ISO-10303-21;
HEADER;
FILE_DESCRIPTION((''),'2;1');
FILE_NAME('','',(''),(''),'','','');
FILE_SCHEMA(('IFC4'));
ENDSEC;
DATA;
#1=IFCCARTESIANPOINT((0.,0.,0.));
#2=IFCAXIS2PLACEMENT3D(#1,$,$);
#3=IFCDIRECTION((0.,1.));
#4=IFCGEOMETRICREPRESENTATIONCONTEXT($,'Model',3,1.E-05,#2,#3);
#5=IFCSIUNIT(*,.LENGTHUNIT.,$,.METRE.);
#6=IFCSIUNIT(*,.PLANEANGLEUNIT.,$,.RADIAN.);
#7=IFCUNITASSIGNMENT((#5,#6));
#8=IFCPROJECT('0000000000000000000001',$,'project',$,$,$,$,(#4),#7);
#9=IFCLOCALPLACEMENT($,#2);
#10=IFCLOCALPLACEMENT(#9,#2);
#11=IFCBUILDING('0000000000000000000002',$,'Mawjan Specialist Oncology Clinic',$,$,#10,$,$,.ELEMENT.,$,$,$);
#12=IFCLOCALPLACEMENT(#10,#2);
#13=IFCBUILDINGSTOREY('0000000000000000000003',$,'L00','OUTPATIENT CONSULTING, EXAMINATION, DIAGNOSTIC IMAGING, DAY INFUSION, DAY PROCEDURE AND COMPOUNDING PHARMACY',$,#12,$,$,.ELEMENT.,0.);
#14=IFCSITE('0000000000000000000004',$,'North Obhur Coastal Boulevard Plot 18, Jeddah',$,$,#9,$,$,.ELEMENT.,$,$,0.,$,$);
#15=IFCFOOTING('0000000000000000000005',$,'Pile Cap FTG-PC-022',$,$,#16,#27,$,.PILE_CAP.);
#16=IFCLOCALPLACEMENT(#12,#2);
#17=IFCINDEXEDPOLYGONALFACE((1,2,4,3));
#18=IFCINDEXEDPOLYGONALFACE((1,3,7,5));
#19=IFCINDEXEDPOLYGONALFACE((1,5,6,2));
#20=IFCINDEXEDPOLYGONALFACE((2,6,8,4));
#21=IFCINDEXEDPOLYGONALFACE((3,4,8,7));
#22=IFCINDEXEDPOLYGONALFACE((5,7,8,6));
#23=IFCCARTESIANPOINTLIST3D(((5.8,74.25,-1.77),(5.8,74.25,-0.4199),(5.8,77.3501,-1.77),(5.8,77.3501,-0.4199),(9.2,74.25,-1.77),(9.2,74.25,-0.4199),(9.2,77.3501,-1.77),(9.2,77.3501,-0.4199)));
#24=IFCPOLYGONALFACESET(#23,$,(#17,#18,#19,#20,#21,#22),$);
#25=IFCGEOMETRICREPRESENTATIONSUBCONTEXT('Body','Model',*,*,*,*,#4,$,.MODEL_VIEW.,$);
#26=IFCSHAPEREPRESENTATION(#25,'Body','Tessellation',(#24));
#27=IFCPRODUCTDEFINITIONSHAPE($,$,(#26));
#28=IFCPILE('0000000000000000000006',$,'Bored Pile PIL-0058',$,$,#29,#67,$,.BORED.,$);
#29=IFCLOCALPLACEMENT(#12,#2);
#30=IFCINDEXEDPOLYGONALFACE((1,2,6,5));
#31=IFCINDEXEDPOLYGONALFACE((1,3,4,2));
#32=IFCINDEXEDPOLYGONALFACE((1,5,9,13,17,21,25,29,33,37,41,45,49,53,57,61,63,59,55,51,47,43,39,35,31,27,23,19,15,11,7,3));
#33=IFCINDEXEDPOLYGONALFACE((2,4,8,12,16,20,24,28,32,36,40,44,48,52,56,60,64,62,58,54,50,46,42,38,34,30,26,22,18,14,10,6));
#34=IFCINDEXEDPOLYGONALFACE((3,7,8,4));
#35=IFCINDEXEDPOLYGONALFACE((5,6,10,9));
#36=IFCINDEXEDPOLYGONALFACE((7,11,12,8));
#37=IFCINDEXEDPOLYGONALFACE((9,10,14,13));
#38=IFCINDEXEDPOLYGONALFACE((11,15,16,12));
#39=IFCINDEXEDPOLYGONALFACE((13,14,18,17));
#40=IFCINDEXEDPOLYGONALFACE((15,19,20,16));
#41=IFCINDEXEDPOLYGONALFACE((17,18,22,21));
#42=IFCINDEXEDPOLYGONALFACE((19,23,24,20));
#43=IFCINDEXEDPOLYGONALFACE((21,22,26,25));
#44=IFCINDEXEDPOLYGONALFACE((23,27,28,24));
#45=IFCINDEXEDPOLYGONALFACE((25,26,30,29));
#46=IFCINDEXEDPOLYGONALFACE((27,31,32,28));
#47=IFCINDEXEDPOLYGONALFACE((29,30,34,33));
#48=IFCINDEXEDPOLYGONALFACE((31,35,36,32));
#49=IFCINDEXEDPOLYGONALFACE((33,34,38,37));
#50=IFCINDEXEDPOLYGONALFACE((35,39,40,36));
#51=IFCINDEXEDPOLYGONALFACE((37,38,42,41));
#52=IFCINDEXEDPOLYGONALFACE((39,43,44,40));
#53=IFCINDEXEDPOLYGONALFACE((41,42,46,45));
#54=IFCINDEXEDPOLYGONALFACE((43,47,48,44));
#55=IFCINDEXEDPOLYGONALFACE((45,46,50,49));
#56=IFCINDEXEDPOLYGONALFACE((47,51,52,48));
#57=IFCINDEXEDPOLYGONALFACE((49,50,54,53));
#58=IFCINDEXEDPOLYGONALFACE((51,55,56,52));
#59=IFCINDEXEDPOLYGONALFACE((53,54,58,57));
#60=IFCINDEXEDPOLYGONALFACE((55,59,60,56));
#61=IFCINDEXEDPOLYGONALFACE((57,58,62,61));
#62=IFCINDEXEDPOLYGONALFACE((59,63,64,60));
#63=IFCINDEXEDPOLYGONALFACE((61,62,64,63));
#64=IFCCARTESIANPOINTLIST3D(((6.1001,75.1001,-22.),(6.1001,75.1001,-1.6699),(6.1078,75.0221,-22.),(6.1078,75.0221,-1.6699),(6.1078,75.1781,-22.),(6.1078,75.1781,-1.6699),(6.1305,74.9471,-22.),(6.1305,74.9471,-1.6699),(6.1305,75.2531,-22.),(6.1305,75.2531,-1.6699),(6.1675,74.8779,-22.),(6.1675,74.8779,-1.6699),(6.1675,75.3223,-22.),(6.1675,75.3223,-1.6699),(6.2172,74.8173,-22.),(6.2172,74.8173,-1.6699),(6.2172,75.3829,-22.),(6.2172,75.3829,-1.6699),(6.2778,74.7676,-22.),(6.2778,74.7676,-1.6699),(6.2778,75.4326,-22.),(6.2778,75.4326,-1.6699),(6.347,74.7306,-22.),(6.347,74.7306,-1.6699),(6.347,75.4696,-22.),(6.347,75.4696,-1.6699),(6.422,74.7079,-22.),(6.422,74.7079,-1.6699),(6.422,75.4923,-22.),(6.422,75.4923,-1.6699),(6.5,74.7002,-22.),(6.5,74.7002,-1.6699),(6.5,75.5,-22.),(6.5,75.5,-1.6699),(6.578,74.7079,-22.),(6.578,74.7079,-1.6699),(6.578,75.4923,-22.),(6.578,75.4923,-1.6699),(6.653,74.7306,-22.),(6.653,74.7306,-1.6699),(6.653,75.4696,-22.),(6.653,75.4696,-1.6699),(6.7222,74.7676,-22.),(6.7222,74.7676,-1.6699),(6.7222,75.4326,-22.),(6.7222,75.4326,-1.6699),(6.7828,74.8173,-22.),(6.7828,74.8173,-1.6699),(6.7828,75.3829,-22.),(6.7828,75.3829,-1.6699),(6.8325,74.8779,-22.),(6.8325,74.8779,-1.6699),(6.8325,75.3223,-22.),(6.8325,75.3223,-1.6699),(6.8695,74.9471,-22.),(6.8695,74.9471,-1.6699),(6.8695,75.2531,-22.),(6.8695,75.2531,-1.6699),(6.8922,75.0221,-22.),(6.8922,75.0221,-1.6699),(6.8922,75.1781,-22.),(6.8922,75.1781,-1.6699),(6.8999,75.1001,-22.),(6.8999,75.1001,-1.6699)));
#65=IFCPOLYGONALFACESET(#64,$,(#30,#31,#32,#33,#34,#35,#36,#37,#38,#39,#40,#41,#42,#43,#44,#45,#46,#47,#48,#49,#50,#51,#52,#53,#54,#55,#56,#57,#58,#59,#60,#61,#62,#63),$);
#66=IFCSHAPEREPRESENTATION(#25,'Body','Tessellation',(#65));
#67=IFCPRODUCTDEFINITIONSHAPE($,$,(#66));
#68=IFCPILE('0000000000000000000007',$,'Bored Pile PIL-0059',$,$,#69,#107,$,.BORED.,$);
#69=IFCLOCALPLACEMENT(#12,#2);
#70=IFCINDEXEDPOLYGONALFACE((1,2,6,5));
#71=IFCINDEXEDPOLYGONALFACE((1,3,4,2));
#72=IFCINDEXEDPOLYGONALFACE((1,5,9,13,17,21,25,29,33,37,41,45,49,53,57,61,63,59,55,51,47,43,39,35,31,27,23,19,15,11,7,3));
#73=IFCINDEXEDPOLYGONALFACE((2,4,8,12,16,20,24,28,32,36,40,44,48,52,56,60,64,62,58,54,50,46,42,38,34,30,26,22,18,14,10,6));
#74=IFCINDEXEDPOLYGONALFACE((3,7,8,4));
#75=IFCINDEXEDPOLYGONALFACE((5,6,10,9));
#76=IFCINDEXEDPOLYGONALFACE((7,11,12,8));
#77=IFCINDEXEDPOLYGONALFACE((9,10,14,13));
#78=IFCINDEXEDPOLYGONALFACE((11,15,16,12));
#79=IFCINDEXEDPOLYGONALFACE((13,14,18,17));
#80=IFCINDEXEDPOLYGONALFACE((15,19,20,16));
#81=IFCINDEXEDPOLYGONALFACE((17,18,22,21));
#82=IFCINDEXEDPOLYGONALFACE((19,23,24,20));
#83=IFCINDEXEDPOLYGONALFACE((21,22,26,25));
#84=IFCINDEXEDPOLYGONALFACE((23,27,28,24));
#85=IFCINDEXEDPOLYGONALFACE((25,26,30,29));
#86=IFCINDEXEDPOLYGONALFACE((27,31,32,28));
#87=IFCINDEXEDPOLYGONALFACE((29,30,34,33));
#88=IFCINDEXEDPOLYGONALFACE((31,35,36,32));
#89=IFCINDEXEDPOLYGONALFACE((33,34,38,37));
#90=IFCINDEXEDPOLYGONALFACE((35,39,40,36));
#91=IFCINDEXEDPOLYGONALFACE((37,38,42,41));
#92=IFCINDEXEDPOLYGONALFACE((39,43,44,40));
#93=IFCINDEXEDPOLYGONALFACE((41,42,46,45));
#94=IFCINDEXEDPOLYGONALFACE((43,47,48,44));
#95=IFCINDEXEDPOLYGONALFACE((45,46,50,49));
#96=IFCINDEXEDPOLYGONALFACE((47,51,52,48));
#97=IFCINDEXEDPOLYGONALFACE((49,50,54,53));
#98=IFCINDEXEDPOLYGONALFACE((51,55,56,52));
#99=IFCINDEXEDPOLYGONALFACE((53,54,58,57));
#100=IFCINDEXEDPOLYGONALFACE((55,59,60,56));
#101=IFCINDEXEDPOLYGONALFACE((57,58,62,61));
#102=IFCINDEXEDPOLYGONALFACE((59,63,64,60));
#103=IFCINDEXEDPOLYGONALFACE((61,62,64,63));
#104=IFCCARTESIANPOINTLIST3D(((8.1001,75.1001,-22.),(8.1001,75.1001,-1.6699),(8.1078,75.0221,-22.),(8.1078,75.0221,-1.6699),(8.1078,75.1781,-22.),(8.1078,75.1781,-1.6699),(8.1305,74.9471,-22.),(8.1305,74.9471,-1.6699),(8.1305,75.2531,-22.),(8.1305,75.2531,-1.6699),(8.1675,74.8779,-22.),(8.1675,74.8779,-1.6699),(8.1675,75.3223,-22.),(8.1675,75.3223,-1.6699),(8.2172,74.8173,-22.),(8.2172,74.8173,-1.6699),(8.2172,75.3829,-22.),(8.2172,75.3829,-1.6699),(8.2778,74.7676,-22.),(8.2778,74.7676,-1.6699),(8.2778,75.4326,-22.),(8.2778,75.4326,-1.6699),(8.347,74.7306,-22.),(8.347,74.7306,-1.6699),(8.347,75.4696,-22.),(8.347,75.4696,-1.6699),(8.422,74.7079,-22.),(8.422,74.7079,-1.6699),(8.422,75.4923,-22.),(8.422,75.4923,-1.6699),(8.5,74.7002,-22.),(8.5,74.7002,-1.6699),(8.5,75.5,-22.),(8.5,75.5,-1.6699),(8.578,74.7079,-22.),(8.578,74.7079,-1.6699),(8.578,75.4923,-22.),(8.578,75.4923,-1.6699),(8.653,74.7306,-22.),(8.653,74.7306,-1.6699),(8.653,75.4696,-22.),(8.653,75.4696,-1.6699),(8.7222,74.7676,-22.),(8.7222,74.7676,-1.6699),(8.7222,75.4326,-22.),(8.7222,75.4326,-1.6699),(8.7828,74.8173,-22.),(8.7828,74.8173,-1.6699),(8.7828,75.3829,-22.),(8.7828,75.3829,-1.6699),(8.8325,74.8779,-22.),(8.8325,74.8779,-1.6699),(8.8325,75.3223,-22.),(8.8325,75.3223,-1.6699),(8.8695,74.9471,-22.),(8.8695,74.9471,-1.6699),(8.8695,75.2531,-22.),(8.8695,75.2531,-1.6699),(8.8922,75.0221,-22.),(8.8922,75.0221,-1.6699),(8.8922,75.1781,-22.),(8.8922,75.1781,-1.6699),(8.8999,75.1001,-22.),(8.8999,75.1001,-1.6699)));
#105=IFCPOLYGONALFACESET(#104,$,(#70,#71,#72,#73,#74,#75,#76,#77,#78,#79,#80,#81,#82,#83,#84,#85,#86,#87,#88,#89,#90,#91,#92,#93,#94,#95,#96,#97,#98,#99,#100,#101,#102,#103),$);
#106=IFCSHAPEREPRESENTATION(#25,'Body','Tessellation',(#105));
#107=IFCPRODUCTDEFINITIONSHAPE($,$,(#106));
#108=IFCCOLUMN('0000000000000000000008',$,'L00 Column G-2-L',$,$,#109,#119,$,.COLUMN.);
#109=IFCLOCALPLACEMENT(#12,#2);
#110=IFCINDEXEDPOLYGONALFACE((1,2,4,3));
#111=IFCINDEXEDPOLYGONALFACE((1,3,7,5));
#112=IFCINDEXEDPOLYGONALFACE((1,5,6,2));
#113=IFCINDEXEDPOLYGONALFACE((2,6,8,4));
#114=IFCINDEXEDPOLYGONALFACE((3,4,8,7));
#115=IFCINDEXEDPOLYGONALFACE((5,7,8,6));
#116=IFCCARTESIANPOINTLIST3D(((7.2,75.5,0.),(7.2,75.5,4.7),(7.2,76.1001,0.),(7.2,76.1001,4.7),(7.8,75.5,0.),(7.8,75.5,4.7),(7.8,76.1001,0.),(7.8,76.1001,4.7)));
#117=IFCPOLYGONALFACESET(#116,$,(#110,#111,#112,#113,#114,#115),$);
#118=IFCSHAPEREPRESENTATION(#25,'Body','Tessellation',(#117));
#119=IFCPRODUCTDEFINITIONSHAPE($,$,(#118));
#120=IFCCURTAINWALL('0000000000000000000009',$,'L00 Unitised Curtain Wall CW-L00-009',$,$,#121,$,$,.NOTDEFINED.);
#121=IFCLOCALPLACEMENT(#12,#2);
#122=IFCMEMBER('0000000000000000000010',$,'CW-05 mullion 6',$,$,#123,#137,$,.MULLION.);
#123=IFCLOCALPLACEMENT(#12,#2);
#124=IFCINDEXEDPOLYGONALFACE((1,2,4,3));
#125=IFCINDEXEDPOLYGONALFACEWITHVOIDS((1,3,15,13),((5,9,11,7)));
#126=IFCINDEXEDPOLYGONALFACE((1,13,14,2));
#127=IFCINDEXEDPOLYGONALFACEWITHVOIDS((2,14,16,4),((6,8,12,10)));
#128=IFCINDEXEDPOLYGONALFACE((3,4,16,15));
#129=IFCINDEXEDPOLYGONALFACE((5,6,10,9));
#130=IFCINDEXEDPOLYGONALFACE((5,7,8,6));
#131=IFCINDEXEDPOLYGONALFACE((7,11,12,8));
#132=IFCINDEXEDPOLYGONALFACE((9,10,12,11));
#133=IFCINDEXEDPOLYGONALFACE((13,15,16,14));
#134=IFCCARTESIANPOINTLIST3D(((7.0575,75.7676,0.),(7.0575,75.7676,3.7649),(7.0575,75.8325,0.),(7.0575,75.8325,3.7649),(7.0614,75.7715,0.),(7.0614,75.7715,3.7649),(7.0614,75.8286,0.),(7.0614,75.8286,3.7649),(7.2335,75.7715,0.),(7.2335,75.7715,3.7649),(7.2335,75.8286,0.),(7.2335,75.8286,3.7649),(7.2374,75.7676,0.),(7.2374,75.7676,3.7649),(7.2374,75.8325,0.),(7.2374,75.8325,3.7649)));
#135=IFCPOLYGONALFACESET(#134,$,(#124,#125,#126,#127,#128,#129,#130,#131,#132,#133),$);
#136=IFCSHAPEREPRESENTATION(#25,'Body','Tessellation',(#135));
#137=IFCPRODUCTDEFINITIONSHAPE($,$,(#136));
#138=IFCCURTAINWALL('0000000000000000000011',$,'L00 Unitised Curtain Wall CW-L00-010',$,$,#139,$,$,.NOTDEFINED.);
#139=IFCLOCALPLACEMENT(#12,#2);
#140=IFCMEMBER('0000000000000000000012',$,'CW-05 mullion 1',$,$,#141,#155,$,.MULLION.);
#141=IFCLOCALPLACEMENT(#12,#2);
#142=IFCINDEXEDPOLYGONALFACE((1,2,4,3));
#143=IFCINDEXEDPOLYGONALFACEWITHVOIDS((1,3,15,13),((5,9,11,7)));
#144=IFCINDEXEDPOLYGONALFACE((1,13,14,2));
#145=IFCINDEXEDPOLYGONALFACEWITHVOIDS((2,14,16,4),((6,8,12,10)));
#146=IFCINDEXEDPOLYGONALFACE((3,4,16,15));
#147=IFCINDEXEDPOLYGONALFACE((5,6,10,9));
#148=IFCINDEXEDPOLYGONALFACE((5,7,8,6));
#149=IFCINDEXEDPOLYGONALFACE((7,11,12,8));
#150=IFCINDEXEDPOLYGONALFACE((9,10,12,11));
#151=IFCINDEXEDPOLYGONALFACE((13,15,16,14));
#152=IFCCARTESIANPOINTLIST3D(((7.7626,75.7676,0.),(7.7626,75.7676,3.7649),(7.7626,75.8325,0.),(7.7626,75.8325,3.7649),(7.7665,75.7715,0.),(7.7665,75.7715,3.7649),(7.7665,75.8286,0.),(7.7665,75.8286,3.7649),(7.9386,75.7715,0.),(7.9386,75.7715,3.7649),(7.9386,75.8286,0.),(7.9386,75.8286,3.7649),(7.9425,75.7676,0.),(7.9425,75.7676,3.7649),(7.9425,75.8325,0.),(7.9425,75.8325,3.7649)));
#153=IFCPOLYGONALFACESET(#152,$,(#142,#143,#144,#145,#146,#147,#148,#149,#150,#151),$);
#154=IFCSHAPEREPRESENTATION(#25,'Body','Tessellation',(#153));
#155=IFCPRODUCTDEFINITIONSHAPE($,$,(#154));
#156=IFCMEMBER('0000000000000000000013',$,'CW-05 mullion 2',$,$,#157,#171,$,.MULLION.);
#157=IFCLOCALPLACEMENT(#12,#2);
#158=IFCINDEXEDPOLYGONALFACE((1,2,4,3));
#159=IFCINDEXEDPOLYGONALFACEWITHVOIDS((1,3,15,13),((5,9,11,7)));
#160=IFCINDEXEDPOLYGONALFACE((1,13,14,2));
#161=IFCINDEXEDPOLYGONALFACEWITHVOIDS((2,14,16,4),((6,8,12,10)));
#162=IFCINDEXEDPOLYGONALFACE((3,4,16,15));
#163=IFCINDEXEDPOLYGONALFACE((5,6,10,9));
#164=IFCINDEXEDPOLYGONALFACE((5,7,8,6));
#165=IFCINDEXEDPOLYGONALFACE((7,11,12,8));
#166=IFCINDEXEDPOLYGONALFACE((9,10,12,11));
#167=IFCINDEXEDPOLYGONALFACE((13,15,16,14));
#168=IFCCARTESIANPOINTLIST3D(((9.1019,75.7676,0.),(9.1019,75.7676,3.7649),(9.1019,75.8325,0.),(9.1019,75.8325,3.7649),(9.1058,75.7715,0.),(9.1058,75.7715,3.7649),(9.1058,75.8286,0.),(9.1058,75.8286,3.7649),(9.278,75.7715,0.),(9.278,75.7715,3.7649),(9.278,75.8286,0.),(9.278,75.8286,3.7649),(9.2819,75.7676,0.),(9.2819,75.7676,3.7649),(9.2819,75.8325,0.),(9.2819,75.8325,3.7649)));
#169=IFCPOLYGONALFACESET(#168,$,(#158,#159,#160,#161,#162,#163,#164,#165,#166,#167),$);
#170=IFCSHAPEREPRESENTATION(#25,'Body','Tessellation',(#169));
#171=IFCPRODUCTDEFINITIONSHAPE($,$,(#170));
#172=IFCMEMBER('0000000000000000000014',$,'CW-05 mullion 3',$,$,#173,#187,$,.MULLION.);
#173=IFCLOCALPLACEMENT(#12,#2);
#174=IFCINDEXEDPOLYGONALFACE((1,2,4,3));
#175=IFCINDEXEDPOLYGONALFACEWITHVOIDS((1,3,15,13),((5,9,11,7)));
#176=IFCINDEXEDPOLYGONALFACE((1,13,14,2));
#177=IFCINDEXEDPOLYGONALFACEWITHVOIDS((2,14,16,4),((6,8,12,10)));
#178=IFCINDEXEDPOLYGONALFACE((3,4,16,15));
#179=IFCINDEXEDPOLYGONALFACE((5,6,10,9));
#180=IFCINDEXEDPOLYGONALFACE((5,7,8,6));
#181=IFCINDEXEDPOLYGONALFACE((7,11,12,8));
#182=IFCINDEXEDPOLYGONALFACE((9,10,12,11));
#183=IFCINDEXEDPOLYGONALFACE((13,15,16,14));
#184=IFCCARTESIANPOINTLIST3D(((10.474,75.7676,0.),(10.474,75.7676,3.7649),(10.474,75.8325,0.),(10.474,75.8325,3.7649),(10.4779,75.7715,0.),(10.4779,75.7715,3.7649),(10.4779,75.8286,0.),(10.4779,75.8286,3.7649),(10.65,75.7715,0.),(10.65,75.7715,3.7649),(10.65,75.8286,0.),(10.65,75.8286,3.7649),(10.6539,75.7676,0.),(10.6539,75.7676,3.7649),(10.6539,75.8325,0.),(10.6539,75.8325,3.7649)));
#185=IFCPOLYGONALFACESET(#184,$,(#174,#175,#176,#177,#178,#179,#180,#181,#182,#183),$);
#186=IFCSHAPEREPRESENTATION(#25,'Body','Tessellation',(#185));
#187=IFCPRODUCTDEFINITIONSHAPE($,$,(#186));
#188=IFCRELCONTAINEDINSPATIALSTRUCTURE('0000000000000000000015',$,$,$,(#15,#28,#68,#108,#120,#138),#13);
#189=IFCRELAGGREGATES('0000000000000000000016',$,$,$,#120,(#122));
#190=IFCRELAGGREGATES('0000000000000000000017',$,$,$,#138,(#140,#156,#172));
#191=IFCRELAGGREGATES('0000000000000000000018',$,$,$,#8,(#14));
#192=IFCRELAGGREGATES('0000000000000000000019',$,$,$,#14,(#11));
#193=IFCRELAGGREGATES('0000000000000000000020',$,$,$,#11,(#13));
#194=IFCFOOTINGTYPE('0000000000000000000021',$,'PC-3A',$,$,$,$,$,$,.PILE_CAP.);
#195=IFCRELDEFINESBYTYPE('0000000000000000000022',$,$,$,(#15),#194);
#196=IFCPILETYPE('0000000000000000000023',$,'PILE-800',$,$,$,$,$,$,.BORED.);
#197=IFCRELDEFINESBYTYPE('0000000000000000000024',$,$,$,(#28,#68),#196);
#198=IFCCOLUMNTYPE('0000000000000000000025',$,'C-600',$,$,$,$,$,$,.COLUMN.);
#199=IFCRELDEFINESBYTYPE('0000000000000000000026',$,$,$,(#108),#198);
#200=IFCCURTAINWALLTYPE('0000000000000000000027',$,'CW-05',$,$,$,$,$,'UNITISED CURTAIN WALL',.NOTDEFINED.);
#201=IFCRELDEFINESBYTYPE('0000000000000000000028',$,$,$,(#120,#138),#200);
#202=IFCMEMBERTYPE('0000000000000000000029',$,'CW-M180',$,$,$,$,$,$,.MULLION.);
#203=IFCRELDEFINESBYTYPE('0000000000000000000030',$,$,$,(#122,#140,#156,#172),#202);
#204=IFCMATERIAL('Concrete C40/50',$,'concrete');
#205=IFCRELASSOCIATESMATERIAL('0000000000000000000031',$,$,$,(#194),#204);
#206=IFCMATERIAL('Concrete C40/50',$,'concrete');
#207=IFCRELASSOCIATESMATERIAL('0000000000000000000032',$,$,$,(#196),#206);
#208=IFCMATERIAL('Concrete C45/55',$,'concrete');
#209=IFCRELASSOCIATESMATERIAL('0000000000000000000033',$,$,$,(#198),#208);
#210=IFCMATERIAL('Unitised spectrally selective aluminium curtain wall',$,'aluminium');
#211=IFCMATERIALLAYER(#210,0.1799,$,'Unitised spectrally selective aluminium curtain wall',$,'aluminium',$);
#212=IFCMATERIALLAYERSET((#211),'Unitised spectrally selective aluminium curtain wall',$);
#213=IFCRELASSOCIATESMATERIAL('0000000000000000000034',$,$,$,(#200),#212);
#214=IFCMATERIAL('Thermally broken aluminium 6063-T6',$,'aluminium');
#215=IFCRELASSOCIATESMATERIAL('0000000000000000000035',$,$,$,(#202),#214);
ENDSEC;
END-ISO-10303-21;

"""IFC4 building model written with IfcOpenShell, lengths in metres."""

from ifc_helpers import new_model, si_unit, direction, frame, origin, origin_2d, place, context, subcontext, project, spatial, rectangle, hollow_rectangle, circle, extrude, material, layer, layer_set, material_profile, profile_set, type_object, element, aggregate, save


model = new_model("IFC4")

# Units and contexts
model_context = context("Model", 3, precision=1e-05, world=origin(), true_north=direction((0.0, 1.0)))
body_context = subcontext(model_context, "Body", "Model", "MODEL_VIEW")
ifc_project = project(units=[si_unit("LENGTHUNIT", "METRE"), si_unit("PLANEANGLEUNIT", "RADIAN")], contexts=[model_context])

# Site, building, storey
site_placement = place(None, origin())
site = spatial("IfcSite", under=ifc_project, at=site_placement, Name="North Obhur Coastal Boulevard Plot 18, Jeddah", CompositionType="ELEMENT", RefElevation=0.0)
building_placement = place(site_placement, origin())
building = spatial("IfcBuilding", under=site, at=building_placement, Name="Mawjan Specialist Oncology Clinic", CompositionType="ELEMENT")
storey_placement = place(building_placement, origin())
storey = spatial("IfcBuildingStorey", under=building, at=storey_placement, Name="L00", Description="OUTPATIENT CONSULTING, EXAMINATION, DIAGNOSTIC IMAGING, DAY INFUSION, DAY PROCEDURE AND COMPOUNDING PHARMACY", CompositionType="ELEMENT", Elevation=0.0)

# Footing
ifc_material_1 = material(Name="Concrete C40/50", Category="concrete")
footing_type = type_object("IfcFootingType", Name="PC-3A", PredefinedType="PILE_CAP", material=ifc_material_1)
footing_placement = place(storey_placement, frame((7.5, 75.8, -1.77), z_axis=(0.0, 0.0, 1.0), x_axis=(1.0, 0.0, 0.0)))
element("IfcFooting", 1, at=footing_placement, inside=storey, type_object=footing_type, Name="Pile Cap FTG-PC-022", PredefinedType="PILE_CAP", context=body_context, shape_type="SweptSolid", body=[
    extrude(rectangle(XDim=3.3999, YDim=3.1001, at=origin_2d()), origin(), (0.0, 0.0, 1.0), 1.3501),
])

# Piles
ifc_material_2 = material(Name="Concrete C40/50", Category="concrete")
ifc_material_profile_1 = material_profile(ifc_material_2, circle(Radius=0.3999, at=origin_2d()), Name="BORED PILE D800", Category="concrete")
ifc_profile_set_1 = profile_set([ifc_material_profile_1], Name="Concrete C40/50")
pile_type = type_object("IfcPileType", Name="PILE-800", PredefinedType="BORED", material=ifc_profile_set_1)
for number, where, z_axis, x_axis, name in (
    (2, (6.5, 75.1001, -1.6699), (0.0, 0.0, -1.0), (1.0, 0.0, 0.0), "Bored Pile PIL-0058"),
    (3, (8.5, 75.1001, -1.6699), (0.0, 0.0, -1.0), (1.0, 0.0, 0.0), "Bored Pile PIL-0059"),
):
    element("IfcPile", number, at=place(storey_placement, frame(where, z_axis=z_axis, x_axis=x_axis)), inside=storey, type_object=pile_type, Name=name, PredefinedType="BORED", context=body_context, shape_type="SweptSolid", body=[
        extrude(circle(Radius=0.3999, at=origin_2d()), origin(), (0.0, 0.0, 1.0), 20.3301),
    ])

# Column
ifc_material_3 = material(Name="Concrete C45/55", Category="concrete")
ifc_material_profile_2 = material_profile(ifc_material_3, rectangle(XDim=0.6001, YDim=0.6001, at=origin_2d()), Name="RC COL 600x600", Category="concrete")
ifc_profile_set_2 = profile_set([ifc_material_profile_2], Name="Concrete C45/55")
column_type = type_object("IfcColumnType", Name="C-600", PredefinedType="COLUMN", material=ifc_profile_set_2)
column_placement = place(storey_placement, frame((7.5, 75.8, 0.0), z_axis=(0.0, 0.0, 1.0), x_axis=(1.0, 0.0, 0.0)))
element("IfcColumn", 4, at=column_placement, inside=storey, type_object=column_type, Name="L00 Column G-2-L", PredefinedType="COLUMN", context=body_context, shape_type="SweptSolid", body=[
    extrude(rectangle(XDim=0.6001, YDim=0.6001, at=origin_2d()), origin(), (0.0, 0.0, 1.0), 4.7),
])

# Curtain wall, member
ifc_material_4 = material(Name="Unitised spectrally selective aluminium curtain wall", Category="aluminium")
ifc_layer_1 = layer(ifc_material_4, 0.1799, Name="Unitised spectrally selective aluminium curtain wall", Category="aluminium")
ifc_layer_set_1 = layer_set([ifc_layer_1], Name="Unitised spectrally selective aluminium curtain wall")
curtain_wall_type = type_object("IfcCurtainWallType", Name="CW-05", ElementType="UNITISED CURTAIN WALL", PredefinedType="NOTDEFINED", material=ifc_layer_set_1)
curtain_wall_1_placement = place(storey_placement, origin())
curtain_wall_1 = element("IfcCurtainWall", 5, at=curtain_wall_1_placement, inside=storey, type_object=curtain_wall_type, Name="L00 Unitised Curtain Wall CW-L00-009", PredefinedType="NOTDEFINED")
ifc_material_5 = material(Name="Thermally broken aluminium 6063-T6", Category="aluminium")
ifc_material_profile_3 = material_profile(ifc_material_5, hollow_rectangle(XDim=0.0649, YDim=0.1799, WallThickness=0.0039, at=origin_2d()), Name="ALU MULLION 180x65x4", Category="aluminium")
ifc_profile_set_3 = profile_set([ifc_material_profile_3], Name="Thermally broken aluminium 6063-T6")
member_type_1 = type_object("IfcMemberType", Name="CW-M180", PredefinedType="MULLION", material=ifc_profile_set_3)
member_1_placement = place(storey_placement, frame((7.1475, 75.8, 0.0), z_axis=(0.0, 0.0, 1.0), x_axis=(0.0, 1.0, 0.0)))
member_1 = element("IfcMember", 6, at=member_1_placement, type_object=member_type_1, Name="CW-05 mullion 6", PredefinedType="MULLION", context=body_context, shape_type="SweptSolid", body=[
    extrude(hollow_rectangle(XDim=0.0649, YDim=0.1799, WallThickness=0.0039, at=origin_2d()), origin(), (0.0, 0.0, 1.0), 3.7649),
])
aggregate(curtain_wall_1, [member_1])

# Curtain wall, members
curtain_wall_2_placement = place(storey_placement, origin())
curtain_wall_2 = element("IfcCurtainWall", 7, at=curtain_wall_2_placement, inside=storey, type_object=curtain_wall_type, Name="L00 Unitised Curtain Wall CW-L00-010", PredefinedType="NOTDEFINED")
member_2_placement = place(storey_placement, frame((7.8525, 75.8, 0.0), z_axis=(0.0, 0.0, 1.0), x_axis=(0.0, 1.0, 0.0)))
member_2 = element("IfcMember", 8, at=member_2_placement, type_object=member_type_1, Name="CW-05 mullion 1", PredefinedType="MULLION", context=body_context, shape_type="SweptSolid", body=[
    extrude(hollow_rectangle(XDim=0.0649, YDim=0.1799, WallThickness=0.0039, at=origin_2d()), origin(), (0.0, 0.0, 1.0), 3.7649),
])
member_3_placement = place(storey_placement, frame((9.1919, 75.8, 0.0), z_axis=(0.0, 0.0, 1.0), x_axis=(0.0, 1.0, 0.0)))
member_3 = element("IfcMember", 9, at=member_3_placement, type_object=member_type_1, Name="CW-05 mullion 2", PredefinedType="MULLION", context=body_context, shape_type="SweptSolid", body=[
    extrude(hollow_rectangle(XDim=0.0649, YDim=0.1799, WallThickness=0.0039, at=origin_2d()), origin(), (0.0, 0.0, 1.0), 3.7649),
])
member_4_placement = place(storey_placement, frame((10.564, 75.8, 0.0), z_axis=(0.0, 0.0, 1.0), x_axis=(0.0, 1.0, 0.0)))
member_4 = element("IfcMember", 10, at=member_4_placement, type_object=member_type_1, Name="CW-05 mullion 3", PredefinedType="MULLION", context=body_context, shape_type="SweptSolid", body=[
    extrude(hollow_rectangle(XDim=0.0649, YDim=0.1799, WallThickness=0.0039, at=origin_2d()), origin(), (0.0, 0.0, 1.0), 3.7649),
])
aggregate(curtain_wall_2, [member_2, member_3, member_4])

save(model, "model.ifc")
